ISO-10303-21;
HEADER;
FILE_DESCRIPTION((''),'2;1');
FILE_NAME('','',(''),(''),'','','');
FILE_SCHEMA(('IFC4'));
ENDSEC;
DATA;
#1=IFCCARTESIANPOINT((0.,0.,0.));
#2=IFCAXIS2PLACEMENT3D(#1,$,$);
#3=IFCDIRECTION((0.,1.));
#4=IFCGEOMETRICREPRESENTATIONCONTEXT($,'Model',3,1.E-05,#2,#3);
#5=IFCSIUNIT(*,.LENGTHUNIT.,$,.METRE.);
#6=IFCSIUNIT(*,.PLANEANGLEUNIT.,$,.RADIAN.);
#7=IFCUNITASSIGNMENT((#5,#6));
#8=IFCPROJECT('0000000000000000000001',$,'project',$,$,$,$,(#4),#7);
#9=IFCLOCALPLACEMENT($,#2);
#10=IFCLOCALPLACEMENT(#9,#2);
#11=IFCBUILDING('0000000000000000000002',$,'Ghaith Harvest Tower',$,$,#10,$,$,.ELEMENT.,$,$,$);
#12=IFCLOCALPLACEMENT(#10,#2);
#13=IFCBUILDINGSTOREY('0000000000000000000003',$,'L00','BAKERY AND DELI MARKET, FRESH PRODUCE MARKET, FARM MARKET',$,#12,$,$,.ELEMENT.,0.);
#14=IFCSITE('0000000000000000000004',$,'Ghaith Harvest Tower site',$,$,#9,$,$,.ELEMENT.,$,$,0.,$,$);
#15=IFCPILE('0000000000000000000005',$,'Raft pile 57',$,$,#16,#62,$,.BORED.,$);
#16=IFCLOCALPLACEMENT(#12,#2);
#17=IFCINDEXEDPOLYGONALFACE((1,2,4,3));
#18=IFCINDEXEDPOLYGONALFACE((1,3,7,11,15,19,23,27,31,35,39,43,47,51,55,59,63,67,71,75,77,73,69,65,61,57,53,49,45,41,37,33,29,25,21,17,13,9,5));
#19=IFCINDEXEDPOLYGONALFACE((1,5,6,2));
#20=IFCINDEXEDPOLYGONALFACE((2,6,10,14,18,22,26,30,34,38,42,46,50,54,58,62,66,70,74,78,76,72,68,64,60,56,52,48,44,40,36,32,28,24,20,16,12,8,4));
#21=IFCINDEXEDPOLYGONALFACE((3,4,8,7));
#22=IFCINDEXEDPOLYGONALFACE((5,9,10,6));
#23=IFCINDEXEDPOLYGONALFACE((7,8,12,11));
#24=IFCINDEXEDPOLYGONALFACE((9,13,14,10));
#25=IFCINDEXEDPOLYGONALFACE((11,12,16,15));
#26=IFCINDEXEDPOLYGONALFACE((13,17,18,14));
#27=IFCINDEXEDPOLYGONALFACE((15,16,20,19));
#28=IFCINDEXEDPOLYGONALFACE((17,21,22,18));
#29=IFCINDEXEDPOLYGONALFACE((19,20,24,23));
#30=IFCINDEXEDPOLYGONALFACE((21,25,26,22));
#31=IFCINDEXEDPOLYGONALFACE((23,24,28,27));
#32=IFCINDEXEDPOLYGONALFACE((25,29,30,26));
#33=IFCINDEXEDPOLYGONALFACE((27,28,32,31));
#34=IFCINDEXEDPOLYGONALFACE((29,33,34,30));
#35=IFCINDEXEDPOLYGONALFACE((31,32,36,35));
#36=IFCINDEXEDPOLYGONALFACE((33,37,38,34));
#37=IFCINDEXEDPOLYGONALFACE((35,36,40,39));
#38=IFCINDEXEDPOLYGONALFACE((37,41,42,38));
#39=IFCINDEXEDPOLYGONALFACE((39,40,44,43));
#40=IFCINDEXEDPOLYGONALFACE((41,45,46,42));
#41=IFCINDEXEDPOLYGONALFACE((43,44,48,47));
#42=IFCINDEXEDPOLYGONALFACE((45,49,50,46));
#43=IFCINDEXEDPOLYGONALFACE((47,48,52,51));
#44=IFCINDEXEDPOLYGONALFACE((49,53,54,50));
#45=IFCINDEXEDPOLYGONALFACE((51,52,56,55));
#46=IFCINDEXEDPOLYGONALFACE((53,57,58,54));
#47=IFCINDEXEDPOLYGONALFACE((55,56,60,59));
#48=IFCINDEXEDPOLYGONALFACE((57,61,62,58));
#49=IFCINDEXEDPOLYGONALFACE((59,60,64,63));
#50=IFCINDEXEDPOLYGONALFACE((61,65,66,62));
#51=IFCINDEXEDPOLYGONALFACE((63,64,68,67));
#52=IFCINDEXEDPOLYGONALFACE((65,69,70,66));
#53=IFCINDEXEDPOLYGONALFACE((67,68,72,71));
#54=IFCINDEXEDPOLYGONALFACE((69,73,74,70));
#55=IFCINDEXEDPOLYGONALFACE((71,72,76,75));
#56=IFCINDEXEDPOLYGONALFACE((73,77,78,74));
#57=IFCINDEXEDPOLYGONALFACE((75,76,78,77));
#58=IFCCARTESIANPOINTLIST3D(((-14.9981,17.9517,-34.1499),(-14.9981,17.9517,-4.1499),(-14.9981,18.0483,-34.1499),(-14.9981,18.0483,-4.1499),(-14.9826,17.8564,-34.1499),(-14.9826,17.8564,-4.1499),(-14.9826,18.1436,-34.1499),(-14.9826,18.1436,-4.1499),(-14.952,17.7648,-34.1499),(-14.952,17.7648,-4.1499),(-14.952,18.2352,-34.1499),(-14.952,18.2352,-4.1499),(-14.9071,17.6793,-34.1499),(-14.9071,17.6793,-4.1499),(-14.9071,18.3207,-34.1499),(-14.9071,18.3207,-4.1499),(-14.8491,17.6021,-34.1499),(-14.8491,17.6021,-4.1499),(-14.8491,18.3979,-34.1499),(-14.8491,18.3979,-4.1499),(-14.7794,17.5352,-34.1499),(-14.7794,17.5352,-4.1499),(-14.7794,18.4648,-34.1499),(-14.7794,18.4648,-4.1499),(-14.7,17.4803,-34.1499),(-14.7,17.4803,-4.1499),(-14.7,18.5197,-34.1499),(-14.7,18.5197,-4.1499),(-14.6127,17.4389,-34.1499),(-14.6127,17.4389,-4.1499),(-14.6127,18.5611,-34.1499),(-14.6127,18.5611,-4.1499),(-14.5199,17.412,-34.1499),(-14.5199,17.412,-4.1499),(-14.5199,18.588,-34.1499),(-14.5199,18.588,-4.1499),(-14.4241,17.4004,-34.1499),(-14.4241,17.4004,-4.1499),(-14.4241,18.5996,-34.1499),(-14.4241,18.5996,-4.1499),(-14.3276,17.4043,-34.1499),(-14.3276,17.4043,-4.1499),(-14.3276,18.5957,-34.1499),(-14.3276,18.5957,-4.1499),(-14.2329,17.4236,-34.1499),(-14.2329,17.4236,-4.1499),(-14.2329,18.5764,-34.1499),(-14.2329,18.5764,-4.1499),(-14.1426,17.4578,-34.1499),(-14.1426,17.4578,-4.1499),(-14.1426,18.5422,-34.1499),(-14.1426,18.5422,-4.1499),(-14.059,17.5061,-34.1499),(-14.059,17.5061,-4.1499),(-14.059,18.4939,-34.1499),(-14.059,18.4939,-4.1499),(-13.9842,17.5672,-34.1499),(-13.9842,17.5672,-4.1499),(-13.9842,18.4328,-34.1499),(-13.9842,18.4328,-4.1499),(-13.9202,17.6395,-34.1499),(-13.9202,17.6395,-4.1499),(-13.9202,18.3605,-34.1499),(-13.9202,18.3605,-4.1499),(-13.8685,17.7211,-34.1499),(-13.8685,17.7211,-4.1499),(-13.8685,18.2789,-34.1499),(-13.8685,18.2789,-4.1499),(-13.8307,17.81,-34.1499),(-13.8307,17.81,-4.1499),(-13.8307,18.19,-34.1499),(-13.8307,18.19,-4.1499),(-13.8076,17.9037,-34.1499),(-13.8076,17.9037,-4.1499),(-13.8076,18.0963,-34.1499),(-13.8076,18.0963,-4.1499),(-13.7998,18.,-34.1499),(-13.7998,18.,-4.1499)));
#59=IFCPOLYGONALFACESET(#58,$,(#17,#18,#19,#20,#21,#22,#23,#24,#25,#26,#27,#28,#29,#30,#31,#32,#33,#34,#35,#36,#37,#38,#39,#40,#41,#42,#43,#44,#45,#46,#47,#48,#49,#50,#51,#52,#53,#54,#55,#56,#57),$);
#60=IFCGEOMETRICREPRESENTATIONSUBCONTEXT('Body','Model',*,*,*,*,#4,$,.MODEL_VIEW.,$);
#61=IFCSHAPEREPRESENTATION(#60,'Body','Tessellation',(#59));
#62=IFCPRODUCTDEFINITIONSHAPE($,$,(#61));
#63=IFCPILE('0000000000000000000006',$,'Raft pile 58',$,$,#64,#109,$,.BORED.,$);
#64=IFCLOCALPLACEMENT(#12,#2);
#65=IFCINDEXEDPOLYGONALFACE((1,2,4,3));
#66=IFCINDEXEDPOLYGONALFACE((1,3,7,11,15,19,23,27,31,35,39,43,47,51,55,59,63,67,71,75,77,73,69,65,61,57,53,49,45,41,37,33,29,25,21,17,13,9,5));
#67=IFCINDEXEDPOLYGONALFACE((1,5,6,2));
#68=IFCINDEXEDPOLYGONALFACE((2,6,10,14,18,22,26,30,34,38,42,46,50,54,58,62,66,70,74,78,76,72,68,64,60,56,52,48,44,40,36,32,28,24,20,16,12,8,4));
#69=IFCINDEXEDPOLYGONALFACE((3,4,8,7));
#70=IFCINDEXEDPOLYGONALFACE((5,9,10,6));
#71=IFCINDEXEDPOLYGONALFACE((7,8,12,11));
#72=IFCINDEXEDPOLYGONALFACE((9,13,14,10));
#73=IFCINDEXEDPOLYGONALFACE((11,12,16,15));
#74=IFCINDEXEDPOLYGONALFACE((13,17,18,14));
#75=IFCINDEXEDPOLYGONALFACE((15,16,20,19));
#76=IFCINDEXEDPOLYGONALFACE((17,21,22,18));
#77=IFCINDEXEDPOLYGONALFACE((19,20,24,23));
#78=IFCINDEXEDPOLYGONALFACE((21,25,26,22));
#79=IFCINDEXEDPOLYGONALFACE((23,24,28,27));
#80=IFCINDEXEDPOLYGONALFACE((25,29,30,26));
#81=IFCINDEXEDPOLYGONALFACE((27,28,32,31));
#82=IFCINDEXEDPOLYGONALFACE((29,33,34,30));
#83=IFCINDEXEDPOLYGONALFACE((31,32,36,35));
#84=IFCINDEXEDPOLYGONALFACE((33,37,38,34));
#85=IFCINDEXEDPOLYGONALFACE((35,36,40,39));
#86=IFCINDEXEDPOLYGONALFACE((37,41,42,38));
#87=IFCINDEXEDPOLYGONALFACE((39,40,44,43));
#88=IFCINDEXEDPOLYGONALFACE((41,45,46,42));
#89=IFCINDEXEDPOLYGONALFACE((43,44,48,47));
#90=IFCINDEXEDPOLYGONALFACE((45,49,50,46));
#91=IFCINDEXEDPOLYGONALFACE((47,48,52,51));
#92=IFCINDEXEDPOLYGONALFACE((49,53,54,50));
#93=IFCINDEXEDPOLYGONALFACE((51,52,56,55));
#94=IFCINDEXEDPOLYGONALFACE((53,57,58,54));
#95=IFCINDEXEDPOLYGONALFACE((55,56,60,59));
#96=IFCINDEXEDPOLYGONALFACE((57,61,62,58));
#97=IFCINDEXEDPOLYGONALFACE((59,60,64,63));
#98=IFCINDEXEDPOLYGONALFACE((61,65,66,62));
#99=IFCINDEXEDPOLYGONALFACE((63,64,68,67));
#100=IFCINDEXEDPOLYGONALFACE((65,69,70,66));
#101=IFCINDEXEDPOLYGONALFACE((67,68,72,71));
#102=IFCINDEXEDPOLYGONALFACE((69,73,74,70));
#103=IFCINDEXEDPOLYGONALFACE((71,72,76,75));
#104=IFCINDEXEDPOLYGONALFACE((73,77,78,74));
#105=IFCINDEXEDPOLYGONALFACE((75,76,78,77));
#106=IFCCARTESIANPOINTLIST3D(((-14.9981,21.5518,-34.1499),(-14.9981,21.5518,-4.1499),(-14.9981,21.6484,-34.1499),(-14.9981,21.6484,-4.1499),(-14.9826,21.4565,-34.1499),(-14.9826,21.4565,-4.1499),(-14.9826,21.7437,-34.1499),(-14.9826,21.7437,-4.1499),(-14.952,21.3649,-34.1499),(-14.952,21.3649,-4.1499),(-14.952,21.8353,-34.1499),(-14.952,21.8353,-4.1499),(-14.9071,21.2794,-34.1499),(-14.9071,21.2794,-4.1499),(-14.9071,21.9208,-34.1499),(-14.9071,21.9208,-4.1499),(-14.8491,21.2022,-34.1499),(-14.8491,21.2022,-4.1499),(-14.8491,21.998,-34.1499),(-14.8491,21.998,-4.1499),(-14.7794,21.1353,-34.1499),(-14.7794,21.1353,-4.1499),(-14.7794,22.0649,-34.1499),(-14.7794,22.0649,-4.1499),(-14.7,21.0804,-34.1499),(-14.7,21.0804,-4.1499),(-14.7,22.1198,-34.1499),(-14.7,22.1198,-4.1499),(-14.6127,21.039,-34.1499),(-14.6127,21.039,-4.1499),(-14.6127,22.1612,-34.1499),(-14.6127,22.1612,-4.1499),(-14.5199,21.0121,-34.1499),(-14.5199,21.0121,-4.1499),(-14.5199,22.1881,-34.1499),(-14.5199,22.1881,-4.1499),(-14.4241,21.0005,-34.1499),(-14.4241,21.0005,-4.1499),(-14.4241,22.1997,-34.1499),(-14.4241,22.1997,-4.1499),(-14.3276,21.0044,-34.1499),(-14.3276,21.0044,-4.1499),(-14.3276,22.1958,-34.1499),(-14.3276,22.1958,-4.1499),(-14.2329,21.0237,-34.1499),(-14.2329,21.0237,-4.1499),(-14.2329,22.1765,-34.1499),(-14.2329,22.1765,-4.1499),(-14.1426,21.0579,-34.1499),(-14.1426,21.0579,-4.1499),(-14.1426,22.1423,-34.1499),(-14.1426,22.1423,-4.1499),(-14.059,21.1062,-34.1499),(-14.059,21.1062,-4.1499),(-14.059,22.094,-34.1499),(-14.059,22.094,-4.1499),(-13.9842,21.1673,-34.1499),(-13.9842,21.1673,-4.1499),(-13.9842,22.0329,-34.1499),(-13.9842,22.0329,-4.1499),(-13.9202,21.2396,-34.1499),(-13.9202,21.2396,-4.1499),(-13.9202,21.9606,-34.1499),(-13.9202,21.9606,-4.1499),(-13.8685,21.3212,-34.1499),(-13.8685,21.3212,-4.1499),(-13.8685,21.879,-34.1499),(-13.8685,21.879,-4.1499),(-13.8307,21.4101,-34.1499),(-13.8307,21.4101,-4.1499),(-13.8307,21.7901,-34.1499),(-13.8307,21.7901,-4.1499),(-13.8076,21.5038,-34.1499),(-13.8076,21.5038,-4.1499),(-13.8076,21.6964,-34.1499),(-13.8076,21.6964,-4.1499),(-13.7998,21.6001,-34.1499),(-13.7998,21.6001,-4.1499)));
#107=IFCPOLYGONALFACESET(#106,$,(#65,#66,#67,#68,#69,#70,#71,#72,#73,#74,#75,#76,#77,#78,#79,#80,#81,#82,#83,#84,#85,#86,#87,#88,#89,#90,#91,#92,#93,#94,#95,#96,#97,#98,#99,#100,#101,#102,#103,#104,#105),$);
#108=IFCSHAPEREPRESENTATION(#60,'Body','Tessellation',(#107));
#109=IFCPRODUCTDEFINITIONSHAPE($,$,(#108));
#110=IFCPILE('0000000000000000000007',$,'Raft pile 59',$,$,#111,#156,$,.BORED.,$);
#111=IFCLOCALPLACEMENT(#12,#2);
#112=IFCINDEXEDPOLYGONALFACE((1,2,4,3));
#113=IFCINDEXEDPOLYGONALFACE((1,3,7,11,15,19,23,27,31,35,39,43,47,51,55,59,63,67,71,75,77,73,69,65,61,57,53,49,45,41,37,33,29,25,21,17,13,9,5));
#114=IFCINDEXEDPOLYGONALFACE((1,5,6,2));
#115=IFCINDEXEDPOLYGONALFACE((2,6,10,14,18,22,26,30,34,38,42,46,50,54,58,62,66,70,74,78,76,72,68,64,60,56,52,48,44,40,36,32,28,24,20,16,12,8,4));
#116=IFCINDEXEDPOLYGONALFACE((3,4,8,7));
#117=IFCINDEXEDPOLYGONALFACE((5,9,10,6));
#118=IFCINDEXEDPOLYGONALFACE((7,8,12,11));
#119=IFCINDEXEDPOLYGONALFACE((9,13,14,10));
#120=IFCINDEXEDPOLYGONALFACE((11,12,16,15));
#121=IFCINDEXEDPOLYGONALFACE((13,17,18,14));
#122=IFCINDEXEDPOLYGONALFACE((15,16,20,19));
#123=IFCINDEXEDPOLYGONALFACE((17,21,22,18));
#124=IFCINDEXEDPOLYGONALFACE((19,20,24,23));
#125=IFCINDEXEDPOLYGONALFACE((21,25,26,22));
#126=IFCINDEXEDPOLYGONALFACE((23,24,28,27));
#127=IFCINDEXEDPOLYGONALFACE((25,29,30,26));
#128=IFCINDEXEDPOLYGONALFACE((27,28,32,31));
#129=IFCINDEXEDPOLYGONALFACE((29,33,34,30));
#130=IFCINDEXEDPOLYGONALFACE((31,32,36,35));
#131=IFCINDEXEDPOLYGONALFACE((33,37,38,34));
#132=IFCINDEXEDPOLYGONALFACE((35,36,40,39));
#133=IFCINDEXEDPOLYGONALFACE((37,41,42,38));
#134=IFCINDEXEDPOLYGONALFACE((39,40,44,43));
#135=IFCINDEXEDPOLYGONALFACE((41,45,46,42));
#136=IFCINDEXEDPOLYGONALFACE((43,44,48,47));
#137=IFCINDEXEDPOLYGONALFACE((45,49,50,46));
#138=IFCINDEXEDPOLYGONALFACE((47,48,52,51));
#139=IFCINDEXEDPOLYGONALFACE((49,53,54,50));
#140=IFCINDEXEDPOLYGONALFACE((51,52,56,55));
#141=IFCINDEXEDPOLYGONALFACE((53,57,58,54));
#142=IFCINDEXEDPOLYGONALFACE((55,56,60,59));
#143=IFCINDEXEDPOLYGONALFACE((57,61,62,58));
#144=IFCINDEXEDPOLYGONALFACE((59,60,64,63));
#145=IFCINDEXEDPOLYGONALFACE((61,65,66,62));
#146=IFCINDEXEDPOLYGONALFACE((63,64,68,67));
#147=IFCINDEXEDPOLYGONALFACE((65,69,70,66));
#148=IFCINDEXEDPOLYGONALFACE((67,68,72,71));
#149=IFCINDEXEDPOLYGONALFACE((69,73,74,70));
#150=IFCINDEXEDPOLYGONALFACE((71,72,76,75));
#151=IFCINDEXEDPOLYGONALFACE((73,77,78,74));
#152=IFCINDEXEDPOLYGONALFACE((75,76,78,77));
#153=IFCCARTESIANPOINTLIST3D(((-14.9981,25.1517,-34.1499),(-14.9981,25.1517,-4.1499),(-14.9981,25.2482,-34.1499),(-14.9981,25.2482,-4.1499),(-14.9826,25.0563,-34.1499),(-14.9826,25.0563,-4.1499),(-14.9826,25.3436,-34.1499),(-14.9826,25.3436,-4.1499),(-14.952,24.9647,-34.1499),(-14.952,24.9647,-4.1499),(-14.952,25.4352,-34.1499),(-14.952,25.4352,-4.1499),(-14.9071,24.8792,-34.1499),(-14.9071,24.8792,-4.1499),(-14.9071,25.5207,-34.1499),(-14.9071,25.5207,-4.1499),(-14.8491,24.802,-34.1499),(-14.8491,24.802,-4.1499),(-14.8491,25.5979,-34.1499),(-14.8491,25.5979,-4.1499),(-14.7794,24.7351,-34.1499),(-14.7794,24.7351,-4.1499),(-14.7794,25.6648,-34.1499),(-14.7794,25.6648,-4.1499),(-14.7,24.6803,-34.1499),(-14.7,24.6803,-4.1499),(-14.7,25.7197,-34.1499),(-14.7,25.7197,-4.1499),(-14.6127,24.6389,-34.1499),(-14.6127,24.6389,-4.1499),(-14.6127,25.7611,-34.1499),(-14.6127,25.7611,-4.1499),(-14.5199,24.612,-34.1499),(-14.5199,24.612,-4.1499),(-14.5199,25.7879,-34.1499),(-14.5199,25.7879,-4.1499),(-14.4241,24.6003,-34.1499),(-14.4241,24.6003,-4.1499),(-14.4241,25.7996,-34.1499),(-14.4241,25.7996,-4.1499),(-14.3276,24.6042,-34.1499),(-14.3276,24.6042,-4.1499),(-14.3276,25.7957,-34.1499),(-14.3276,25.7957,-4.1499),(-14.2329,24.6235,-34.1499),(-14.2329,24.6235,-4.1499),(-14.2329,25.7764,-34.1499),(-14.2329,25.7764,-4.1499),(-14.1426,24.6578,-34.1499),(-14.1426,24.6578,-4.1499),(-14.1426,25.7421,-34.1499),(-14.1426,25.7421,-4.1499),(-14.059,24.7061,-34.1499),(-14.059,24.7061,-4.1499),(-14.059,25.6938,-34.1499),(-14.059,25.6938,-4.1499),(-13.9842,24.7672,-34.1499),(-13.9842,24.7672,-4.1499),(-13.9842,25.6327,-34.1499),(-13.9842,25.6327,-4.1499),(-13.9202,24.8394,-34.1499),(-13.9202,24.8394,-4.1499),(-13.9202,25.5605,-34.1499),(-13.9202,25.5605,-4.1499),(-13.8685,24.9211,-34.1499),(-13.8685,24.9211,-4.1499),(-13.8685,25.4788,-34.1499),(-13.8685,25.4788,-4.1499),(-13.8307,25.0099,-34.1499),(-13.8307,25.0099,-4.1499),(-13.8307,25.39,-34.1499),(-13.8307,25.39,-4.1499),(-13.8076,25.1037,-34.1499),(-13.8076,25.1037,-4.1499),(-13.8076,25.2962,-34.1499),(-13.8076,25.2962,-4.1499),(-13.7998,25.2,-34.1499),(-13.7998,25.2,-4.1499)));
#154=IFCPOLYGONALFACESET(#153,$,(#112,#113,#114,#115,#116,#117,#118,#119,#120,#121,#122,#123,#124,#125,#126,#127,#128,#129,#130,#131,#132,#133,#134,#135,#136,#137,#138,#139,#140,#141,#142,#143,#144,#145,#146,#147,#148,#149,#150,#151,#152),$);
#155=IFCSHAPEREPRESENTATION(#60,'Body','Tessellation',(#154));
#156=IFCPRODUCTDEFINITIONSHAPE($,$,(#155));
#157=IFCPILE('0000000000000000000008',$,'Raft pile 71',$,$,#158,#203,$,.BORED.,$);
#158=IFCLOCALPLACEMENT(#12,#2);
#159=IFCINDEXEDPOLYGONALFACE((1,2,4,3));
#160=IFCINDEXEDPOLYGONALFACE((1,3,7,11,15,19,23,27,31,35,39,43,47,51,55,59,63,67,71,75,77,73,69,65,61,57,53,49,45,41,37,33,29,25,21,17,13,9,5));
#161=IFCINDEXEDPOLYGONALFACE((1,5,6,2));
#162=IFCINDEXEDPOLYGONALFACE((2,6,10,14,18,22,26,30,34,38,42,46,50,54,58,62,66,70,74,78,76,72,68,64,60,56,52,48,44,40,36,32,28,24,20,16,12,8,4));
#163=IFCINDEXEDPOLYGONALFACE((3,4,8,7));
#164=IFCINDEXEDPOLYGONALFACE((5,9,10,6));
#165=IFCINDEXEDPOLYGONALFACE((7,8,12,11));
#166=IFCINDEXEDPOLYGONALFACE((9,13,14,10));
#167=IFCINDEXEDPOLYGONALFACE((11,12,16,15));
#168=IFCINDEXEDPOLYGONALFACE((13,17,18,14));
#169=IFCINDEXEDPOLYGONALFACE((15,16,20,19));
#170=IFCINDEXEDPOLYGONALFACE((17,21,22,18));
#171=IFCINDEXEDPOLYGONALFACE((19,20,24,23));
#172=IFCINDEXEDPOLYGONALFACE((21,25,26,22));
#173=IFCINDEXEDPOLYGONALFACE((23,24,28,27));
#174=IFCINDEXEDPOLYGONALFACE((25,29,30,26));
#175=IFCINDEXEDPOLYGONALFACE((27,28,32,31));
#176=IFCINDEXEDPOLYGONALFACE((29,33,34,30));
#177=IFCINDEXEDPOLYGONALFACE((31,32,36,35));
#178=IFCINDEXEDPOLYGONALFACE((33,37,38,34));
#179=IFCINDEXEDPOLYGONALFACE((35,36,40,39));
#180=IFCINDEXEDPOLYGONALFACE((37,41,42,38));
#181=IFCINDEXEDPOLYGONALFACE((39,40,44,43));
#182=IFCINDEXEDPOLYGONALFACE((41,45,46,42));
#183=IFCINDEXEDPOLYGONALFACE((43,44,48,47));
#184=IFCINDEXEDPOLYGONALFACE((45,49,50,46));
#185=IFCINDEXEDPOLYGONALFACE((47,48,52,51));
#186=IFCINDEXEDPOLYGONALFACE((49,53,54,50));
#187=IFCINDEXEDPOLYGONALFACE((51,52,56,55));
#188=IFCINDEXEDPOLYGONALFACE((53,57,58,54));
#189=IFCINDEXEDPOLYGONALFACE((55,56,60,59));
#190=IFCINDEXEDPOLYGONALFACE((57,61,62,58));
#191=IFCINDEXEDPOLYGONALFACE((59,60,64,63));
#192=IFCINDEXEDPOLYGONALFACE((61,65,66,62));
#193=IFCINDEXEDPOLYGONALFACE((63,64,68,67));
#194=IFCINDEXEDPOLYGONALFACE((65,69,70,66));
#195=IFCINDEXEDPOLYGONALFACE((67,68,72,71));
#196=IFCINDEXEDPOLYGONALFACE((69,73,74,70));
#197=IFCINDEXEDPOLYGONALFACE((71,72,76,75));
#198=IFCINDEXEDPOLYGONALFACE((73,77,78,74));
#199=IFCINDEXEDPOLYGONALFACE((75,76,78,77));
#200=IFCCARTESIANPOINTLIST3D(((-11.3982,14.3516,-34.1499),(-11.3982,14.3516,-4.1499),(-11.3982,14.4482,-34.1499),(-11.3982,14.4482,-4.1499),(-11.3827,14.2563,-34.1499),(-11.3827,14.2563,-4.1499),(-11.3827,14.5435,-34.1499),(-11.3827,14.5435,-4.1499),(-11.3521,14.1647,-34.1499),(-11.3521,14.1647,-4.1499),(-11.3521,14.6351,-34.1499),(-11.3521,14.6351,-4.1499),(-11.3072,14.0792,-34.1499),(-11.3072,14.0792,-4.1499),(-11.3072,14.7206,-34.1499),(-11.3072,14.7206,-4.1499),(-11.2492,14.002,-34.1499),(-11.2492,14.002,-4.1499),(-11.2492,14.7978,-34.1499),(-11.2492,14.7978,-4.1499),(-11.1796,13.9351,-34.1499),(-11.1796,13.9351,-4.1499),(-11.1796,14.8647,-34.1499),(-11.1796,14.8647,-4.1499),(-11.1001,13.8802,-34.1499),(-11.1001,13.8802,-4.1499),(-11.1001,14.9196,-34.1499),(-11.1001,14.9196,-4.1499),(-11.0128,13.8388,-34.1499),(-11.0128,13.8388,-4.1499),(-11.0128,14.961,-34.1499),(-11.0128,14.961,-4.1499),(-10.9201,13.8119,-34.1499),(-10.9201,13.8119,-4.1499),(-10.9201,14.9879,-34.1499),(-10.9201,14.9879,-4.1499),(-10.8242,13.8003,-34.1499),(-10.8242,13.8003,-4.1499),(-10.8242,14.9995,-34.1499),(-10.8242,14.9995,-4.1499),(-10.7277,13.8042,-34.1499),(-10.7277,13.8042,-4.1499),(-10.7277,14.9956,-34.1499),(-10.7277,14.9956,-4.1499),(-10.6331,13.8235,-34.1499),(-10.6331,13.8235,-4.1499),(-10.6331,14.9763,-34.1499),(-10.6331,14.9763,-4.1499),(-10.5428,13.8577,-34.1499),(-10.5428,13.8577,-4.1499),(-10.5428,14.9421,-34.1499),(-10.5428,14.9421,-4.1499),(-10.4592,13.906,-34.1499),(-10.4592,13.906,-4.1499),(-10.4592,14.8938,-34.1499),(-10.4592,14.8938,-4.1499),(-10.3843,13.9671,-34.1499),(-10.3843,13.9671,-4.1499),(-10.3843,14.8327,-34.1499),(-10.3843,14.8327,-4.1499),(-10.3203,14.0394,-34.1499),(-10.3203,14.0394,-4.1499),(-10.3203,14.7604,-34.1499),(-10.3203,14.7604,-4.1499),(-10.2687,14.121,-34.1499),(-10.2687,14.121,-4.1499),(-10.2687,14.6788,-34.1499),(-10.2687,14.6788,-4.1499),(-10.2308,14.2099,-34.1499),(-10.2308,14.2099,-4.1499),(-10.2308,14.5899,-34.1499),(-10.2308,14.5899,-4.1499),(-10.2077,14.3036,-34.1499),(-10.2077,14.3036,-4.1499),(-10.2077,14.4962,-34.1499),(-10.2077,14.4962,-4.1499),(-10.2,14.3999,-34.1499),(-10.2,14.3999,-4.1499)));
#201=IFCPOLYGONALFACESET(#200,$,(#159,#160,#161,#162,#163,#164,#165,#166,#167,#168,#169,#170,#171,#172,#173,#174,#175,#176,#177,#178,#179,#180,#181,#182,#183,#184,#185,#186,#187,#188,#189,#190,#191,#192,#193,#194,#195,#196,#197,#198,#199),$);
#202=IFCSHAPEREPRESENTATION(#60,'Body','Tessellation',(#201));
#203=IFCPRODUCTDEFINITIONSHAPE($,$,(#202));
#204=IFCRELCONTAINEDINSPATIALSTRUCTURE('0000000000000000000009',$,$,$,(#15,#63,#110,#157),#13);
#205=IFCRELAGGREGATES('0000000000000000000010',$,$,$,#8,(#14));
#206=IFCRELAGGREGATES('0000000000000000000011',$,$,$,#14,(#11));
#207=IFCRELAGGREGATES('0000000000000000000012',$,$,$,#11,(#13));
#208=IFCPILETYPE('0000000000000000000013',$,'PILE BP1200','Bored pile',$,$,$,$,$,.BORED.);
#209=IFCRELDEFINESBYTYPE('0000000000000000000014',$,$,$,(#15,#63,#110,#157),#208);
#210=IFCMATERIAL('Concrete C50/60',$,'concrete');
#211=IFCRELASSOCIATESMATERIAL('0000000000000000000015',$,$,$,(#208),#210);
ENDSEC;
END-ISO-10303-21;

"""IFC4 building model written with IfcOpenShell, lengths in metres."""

from ifc_helpers import new_model, si_unit, direction, frame, origin, origin_2d, place, context, subcontext, project, spatial, circle, extrude, material, material_profile, profile_set, type_object, element, save


model = new_model("IFC4")

# Units and contexts
model_context = context("Model", 3, precision=1e-05, world=origin(), true_north=direction((0.0, 1.0)))
body_context = subcontext(model_context, "Body", "Model", "MODEL_VIEW")
ifc_project = project(units=[si_unit("LENGTHUNIT", "METRE"), si_unit("PLANEANGLEUNIT", "RADIAN")], contexts=[model_context])

# Site, building, storey
site_placement = place(None, origin())
site = spatial("IfcSite", under=ifc_project, at=site_placement, Name="Ghaith Harvest Tower site", CompositionType="ELEMENT", RefElevation=0.0)
building_placement = place(site_placement, origin())
building = spatial("IfcBuilding", under=site, at=building_placement, Name="Ghaith Harvest Tower", CompositionType="ELEMENT")
storey_placement = place(building_placement, origin())
storey = spatial("IfcBuildingStorey", under=building, at=storey_placement, Name="L00", Description="BAKERY AND DELI MARKET, FRESH PRODUCE MARKET, FARM MARKET", CompositionType="ELEMENT", Elevation=0.0)

# Piles
ifc_material_1 = material(Name="Concrete C50/60", Category="concrete")
ifc_material_profile_1 = material_profile(ifc_material_1, circle(Radius=0.6001, at=origin_2d()), Name="PILE1200")
ifc_profile_set_1 = profile_set([ifc_material_profile_1], Name="Concrete C50/60")
pile_type = type_object("IfcPileType", Name="PILE BP1200", Description="Bored pile", PredefinedType="BORED", material=ifc_profile_set_1)
for number, where, z_axis, x_axis, name in (
    (1, (-14.3999, 18.0, -4.1499), (0.0, 0.0, -1.0), (1.0, 0.0, 0.0), "Raft pile 57"),
    (2, (-14.3999, 21.6001, -4.1499), (0.0, 0.0, -1.0), (1.0, 0.0, 0.0), "Raft pile 58"),
    (3, (-14.3999, 25.2, -4.1499), (0.0, 0.0, -1.0), (1.0, 0.0, 0.0), "Raft pile 59"),
    (4, (-10.8, 14.3999, -4.1499), (0.0, 0.0, -1.0), (1.0, 0.0, 0.0), "Raft pile 71"),
):
    element("IfcPile", number, at=place(storey_placement, frame(where, z_axis=z_axis, x_axis=x_axis)), inside=storey, type_object=pile_type, Name=name, PredefinedType="BORED", context=body_context, shape_type="SweptSolid", body=[
        extrude(circle(Radius=0.6001, at=origin_2d()), origin(), (0.0, 0.0, 1.0), 30.0),
    ])

save(model, "model.ifc")
